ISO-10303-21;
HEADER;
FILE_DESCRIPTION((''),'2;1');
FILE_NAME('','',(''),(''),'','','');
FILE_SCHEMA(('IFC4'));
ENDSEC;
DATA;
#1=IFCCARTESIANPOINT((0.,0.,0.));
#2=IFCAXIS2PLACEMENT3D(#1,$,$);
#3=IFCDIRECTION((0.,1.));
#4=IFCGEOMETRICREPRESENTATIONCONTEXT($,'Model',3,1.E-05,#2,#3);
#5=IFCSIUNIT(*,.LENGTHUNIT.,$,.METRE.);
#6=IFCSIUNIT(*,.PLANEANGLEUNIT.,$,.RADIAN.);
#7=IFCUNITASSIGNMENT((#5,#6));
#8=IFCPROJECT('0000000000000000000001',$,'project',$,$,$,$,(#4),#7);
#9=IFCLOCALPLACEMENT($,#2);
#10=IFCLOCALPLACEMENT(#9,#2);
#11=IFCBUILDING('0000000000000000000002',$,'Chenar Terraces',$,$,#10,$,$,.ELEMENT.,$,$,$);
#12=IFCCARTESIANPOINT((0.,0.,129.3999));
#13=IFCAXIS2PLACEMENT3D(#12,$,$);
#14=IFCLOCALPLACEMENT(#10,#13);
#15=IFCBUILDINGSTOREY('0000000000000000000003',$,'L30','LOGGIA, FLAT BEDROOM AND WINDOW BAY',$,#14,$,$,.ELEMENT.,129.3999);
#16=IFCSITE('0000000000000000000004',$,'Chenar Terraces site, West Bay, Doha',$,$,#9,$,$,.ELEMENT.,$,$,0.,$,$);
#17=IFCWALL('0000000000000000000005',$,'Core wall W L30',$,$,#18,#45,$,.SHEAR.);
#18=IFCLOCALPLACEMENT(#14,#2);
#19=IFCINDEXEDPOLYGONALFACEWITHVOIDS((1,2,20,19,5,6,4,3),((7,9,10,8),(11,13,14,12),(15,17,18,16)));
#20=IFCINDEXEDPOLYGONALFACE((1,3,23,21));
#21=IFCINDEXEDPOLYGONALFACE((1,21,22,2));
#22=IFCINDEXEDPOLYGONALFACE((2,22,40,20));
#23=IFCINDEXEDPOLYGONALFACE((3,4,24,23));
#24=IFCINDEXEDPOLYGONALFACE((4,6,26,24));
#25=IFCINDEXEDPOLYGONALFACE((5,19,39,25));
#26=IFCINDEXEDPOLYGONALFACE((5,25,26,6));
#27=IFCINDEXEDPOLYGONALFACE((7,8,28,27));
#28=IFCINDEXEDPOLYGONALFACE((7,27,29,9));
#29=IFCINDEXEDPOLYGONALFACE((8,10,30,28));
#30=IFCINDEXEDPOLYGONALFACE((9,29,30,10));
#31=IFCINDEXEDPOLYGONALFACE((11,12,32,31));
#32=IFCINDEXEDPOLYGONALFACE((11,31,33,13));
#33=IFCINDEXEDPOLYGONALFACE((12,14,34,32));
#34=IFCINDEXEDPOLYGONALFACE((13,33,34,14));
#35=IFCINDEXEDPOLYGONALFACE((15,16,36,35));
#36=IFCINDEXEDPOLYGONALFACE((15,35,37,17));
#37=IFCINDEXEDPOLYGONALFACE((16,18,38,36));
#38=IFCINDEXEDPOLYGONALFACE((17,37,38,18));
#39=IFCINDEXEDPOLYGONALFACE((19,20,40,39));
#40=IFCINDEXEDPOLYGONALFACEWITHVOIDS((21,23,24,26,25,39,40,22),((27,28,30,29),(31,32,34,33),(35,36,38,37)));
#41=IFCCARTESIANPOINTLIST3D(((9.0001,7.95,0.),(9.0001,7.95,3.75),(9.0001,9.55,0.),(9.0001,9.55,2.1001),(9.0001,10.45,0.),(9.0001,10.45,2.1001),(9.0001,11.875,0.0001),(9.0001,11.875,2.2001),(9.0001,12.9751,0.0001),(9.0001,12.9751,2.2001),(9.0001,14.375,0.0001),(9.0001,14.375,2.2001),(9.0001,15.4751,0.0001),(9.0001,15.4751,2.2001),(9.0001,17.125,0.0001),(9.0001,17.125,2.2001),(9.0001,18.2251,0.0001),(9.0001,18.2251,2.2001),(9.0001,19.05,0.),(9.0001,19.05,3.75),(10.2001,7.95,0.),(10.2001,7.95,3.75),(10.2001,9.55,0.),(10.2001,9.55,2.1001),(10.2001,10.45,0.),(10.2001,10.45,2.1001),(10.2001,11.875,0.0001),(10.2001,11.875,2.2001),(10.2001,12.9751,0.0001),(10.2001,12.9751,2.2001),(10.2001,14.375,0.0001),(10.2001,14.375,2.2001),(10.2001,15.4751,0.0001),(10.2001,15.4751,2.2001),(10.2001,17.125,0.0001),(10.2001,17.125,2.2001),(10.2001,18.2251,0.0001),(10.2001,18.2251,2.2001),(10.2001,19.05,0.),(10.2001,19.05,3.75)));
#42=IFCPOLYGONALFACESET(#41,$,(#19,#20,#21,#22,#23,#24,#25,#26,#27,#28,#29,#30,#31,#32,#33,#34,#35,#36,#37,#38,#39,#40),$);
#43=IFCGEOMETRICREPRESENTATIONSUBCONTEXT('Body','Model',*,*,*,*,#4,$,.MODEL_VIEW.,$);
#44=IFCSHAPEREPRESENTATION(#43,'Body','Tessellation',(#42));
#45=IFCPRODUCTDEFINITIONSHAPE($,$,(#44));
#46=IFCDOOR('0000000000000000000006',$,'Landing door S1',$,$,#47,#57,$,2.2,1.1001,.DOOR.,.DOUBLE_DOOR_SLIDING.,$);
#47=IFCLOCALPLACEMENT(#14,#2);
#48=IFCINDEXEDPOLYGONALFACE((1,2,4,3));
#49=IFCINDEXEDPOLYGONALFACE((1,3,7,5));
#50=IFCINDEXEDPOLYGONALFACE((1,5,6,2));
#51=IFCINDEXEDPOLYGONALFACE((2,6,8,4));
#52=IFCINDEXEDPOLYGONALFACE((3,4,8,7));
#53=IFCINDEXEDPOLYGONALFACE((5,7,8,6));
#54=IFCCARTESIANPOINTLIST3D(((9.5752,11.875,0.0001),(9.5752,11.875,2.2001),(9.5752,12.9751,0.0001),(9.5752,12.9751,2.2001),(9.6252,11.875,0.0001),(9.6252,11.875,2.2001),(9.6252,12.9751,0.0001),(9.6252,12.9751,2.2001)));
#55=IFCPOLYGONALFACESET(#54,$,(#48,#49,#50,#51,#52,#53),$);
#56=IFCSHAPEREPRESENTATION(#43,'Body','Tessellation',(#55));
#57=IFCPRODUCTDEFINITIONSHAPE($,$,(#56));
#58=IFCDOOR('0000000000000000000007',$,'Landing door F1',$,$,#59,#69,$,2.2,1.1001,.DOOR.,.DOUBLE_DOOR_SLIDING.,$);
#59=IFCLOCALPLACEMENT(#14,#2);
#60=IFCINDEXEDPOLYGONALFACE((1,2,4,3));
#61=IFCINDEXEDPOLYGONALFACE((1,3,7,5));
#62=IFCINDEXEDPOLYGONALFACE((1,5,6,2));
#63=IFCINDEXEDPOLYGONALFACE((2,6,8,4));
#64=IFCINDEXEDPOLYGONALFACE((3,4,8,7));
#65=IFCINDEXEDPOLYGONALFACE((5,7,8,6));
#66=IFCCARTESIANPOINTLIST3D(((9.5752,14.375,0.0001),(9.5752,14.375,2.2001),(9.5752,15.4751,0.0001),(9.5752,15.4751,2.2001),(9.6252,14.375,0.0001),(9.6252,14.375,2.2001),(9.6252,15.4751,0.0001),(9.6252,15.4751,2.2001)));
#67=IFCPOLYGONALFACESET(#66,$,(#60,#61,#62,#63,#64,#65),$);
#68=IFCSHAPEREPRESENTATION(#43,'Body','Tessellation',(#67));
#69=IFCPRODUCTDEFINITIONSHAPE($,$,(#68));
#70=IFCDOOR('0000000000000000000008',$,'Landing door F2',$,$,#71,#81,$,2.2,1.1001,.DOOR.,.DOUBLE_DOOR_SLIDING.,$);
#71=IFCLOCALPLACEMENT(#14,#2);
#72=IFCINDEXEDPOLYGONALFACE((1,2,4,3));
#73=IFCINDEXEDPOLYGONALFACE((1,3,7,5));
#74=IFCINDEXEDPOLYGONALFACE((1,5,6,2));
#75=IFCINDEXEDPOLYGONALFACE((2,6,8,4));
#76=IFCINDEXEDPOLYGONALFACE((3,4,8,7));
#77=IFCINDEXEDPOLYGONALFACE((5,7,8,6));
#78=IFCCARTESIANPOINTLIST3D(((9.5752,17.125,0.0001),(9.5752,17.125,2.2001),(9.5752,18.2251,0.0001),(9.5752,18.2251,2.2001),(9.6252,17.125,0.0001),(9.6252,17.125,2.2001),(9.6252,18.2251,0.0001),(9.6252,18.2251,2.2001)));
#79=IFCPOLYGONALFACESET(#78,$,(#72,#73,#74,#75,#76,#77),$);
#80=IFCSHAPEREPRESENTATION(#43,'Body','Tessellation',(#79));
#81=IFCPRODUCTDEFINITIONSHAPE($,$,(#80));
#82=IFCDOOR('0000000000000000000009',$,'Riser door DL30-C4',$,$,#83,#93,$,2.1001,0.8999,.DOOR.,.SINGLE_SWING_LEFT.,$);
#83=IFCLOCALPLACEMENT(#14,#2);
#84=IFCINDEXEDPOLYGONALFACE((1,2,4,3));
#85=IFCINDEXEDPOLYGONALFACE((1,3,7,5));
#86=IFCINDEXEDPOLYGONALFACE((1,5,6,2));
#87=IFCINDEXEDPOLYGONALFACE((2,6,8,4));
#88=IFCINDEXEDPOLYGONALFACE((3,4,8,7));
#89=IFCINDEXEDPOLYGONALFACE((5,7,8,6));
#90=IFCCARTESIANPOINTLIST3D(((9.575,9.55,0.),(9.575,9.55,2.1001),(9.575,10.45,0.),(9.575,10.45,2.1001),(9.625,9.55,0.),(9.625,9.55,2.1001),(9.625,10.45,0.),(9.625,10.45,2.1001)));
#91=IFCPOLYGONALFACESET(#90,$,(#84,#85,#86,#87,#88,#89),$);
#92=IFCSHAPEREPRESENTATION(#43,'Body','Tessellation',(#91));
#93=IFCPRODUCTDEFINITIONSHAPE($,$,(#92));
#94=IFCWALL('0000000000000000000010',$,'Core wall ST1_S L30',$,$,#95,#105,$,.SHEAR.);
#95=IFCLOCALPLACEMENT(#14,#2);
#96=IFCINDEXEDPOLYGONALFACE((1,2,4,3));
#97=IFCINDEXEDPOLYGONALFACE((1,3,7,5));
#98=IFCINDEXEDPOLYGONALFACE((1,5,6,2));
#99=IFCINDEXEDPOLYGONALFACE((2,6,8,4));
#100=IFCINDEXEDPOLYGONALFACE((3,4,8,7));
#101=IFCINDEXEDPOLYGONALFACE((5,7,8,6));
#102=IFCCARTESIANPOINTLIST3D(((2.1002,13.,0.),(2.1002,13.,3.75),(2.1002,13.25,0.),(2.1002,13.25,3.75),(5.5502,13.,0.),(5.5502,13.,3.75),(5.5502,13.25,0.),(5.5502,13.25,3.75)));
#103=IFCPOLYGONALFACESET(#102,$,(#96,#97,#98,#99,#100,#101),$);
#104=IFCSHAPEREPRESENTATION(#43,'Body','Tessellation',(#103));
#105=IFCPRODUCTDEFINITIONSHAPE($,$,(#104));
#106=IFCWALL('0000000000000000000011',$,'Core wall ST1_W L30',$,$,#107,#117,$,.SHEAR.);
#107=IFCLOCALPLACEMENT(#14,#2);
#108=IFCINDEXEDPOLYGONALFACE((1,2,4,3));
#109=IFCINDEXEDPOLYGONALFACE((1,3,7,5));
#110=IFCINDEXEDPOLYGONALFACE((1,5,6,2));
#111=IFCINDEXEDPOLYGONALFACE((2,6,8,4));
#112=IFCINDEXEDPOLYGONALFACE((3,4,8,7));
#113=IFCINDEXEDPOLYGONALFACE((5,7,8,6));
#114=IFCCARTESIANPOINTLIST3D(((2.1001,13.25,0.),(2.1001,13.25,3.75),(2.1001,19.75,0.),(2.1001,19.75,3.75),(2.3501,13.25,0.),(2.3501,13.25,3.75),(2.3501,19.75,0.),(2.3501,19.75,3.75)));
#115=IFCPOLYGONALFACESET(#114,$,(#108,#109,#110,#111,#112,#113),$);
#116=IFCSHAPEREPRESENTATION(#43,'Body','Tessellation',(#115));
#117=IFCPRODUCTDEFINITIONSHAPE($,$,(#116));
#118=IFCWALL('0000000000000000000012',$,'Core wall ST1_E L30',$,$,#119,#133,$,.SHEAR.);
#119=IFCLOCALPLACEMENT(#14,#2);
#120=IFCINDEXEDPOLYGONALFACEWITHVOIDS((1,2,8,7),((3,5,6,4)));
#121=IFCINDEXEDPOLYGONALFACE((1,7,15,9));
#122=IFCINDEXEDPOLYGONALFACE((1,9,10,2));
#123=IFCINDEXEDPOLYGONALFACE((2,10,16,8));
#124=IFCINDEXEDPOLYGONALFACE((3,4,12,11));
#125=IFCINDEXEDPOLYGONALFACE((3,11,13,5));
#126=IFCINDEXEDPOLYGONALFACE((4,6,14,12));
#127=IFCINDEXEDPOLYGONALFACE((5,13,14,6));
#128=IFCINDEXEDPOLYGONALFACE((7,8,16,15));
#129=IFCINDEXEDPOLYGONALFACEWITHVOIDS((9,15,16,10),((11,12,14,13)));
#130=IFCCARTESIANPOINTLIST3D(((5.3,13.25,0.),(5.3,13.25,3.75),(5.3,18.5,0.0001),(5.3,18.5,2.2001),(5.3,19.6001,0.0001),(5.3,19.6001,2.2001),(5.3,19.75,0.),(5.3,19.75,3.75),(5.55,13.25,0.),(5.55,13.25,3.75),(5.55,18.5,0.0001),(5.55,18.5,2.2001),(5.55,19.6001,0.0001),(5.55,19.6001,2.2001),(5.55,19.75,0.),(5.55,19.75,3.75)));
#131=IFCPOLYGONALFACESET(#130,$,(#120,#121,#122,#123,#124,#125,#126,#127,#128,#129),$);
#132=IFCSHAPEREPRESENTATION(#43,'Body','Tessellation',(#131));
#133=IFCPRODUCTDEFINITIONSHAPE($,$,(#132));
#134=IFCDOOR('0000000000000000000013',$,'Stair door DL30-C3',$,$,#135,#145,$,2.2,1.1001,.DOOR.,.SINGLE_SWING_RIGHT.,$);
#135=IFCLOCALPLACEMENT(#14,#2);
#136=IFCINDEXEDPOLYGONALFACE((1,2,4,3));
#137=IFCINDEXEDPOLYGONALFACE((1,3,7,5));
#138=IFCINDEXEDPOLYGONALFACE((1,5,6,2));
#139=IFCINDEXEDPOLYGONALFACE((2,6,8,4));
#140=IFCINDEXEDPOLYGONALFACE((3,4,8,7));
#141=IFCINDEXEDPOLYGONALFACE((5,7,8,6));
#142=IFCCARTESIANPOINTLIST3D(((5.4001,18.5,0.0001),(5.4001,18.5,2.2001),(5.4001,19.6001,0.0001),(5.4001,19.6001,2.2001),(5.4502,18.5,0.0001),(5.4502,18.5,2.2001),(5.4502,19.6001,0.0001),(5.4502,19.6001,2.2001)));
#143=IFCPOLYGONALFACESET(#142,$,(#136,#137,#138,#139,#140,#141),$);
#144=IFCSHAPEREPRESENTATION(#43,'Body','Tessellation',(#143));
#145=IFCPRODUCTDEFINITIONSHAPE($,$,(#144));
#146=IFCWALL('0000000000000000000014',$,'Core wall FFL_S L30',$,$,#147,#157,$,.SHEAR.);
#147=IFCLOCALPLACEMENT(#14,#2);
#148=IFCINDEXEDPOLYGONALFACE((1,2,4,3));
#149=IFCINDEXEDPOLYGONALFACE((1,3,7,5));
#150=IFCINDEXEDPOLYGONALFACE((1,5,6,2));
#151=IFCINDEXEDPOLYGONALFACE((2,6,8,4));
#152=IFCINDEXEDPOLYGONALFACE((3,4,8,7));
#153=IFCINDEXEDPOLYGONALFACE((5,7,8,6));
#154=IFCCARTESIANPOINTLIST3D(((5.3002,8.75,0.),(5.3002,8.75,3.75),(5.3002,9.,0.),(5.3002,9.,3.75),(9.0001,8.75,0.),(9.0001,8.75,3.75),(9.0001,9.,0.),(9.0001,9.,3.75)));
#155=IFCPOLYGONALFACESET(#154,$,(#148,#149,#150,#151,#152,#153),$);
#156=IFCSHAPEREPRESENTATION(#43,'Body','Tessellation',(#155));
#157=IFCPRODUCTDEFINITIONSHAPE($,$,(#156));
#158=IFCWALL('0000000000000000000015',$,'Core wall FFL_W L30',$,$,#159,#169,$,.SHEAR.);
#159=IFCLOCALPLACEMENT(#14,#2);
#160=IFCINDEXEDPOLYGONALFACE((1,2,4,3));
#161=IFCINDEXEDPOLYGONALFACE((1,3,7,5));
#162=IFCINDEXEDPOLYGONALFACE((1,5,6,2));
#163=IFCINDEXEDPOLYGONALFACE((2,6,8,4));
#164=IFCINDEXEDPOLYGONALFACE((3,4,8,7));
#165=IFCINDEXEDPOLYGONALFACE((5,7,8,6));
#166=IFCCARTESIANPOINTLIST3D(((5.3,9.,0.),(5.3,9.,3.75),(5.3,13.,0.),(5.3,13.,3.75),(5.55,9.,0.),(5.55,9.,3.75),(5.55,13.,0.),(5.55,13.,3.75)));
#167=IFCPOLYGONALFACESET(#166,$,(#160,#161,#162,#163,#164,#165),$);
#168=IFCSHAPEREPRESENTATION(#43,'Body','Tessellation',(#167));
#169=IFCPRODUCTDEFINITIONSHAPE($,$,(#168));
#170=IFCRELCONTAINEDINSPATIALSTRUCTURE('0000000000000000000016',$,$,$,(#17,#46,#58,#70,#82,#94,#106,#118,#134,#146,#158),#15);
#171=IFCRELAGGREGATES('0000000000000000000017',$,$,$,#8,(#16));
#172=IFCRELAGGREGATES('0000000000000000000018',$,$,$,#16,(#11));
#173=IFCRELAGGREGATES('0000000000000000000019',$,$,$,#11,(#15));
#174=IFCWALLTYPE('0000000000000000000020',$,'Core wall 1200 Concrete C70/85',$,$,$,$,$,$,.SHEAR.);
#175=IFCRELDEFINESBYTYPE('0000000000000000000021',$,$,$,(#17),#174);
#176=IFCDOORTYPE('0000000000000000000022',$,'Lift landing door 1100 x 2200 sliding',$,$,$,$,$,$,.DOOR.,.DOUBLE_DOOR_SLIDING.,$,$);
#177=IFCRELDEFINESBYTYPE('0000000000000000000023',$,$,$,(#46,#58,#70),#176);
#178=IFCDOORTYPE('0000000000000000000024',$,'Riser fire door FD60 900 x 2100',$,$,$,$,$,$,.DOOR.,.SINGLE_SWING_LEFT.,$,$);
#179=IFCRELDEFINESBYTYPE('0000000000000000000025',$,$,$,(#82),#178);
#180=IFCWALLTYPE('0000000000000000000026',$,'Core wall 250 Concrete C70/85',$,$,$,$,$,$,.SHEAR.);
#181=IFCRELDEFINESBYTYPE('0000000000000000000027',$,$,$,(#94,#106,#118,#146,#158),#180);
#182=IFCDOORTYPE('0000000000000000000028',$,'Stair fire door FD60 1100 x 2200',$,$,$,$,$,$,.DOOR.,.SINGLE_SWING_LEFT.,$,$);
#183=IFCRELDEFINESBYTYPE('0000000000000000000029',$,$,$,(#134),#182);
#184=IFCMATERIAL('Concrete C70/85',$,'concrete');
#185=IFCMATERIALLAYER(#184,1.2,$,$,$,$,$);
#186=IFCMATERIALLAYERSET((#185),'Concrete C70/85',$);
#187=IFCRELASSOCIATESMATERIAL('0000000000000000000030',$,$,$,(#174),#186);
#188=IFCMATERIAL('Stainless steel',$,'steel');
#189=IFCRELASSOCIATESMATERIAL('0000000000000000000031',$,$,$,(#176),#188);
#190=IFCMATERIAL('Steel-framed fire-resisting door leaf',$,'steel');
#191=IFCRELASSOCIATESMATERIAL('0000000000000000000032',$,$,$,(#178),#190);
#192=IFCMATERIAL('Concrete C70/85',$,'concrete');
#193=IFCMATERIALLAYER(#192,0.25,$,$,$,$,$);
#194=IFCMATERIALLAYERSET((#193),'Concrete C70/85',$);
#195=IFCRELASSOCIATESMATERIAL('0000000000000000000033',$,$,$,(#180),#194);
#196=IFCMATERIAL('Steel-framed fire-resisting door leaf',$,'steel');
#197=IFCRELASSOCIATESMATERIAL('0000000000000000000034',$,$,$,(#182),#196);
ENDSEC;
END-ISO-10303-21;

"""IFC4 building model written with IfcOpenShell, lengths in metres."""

from ifc_helpers import new_model, si_unit, direction, frame, frame_2d, origin, place, context, subcontext, project, spatial, rectangle, extrude, material, layer, layer_set, type_object, element, fill, save


model = new_model("IFC4")

# Units and contexts
model_context = context("Model", 3, precision=1e-05, world=origin(), true_north=direction((0.0, 1.0)))
body_context = subcontext(model_context, "Body", "Model", "MODEL_VIEW")
ifc_project = project(units=[si_unit("LENGTHUNIT", "METRE"), si_unit("PLANEANGLEUNIT", "RADIAN")], contexts=[model_context])

# Site, building, storey
site_placement = place(None, origin())
site = spatial("IfcSite", under=ifc_project, at=site_placement, Name="Chenar Terraces site, West Bay, Doha", CompositionType="ELEMENT", RefElevation=0.0)
building_placement = place(site_placement, origin())
building = spatial("IfcBuilding", under=site, at=building_placement, Name="Chenar Terraces", CompositionType="ELEMENT")
storey_placement = place(building_placement, frame((0.0, 0.0, 129.3999)))
storey = spatial("IfcBuildingStorey", under=building, at=storey_placement, Name="L30", Description="LOGGIA, FLAT BEDROOM AND WINDOW BAY", CompositionType="ELEMENT", Elevation=129.3999)

# Wall, openings, doors
ifc_material_1 = material(Name="Concrete C70/85", Category="concrete")
ifc_layer_1 = layer(ifc_material_1, 1.2)
ifc_layer_set_1 = layer_set([ifc_layer_1], Name="Concrete C70/85")
wall_type_1 = type_object("IfcWallType", Name="Core wall 1200 Concrete C70/85", PredefinedType="SHEAR", material=ifc_layer_set_1)
wall_1_placement = place(storey_placement, frame((9.6001, 7.95, 0.0), z_axis=(0.0, 0.0, 1.0), x_axis=(0.0, 1.0, 0.0)))
wall_1 = element("IfcWall", 1, at=wall_1_placement, inside=storey, type_object=wall_type_1, Name="Core wall W L30", PredefinedType="SHEAR", context=body_context, shape_type="SweptSolid", body=[
    extrude(rectangle(XDim=11.1001, YDim=1.2, at=frame_2d((5.55, 0.0))), origin(), (0.0, 0.0, 1.0), 3.75),
])
opening_1_placement = place(wall_1_placement, frame((3.925, 0.0, 0.0)))
opening_1 = element("IfcOpeningElement", 2, at=opening_1_placement, cuts=wall_1, PredefinedType="OPENING", context=body_context, shape_type="SweptSolid", body=[
    extrude(rectangle(XDim=1.1001, YDim=2.2, at=frame_2d((0.55, 1.1001))), frame((0.0, 0.6099, 0.0), z_axis=(0.0, -1.0, 0.0), x_axis=(1.0, 0.0, 0.0)), (0.0, 0.0, 1.0), 1.22),
])
opening_2_placement = place(wall_1_placement, frame((6.425, 0.0, 0.0)))
opening_2 = element("IfcOpeningElement", 3, at=opening_2_placement, cuts=wall_1, PredefinedType="OPENING", context=body_context, shape_type="SweptSolid", body=[
    extrude(rectangle(XDim=1.1001, YDim=2.2, at=frame_2d((0.55, 1.1001))), frame((0.0, 0.6099, 0.0), z_axis=(0.0, -1.0, 0.0), x_axis=(1.0, 0.0, 0.0)), (0.0, 0.0, 1.0), 1.22),
])
opening_3_placement = place(wall_1_placement, frame((9.175, 0.0, 0.0)))
opening_3 = element("IfcOpeningElement", 4, at=opening_3_placement, cuts=wall_1, PredefinedType="OPENING", context=body_context, shape_type="SweptSolid", body=[
    extrude(rectangle(XDim=1.1001, YDim=2.2, at=frame_2d((0.55, 1.1001))), frame((0.0, 0.6099, 0.0), z_axis=(0.0, -1.0, 0.0), x_axis=(1.0, 0.0, 0.0)), (0.0, 0.0, 1.0), 1.22),
])
opening_4_placement = place(wall_1_placement, frame((1.6001, 0.0, 0.0)))
opening_4 = element("IfcOpeningElement", 5, at=opening_4_placement, cuts=wall_1, PredefinedType="OPENING", context=body_context, shape_type="SweptSolid", body=[
    extrude(rectangle(XDim=0.8999, YDim=2.1001, at=frame_2d((0.45, 1.05))), frame((0.0, 0.6099, 0.0), z_axis=(0.0, -1.0, 0.0), x_axis=(1.0, 0.0, 0.0)), (0.0, 0.0, 1.0), 1.22),
])
ifc_material_2 = material(Name="Stainless steel", Category="steel")
door_type_1 = type_object("IfcDoorType", Name="Lift landing door 1100 x 2200 sliding", OperationType="DOUBLE_DOOR_SLIDING", PredefinedType="DOOR", material=ifc_material_2)
door_1_placement = place(opening_1_placement, origin())
door_1 = element("IfcDoor", 6, at=door_1_placement, inside=storey, type_object=door_type_1, Name="Landing door S1", OperationType="DOUBLE_DOOR_SLIDING", OverallHeight=2.2, OverallWidth=1.1001, PredefinedType="DOOR", context=body_context, shape_type="SweptSolid", body=[
    extrude(rectangle(XDim=1.1001, YDim=2.2, at=frame_2d((0.55, 1.1001))), frame((0.0, 0.0249, 0.0), z_axis=(0.0, -1.0, 0.0), x_axis=(1.0, 0.0, 0.0)), (0.0, 0.0, 1.0), 0.05),
])
fill(opening_1, door_1)
door_2_placement = place(opening_2_placement, origin())
door_2 = element("IfcDoor", 7, at=door_2_placement, inside=storey, type_object=door_type_1, Name="Landing door F1", OperationType="DOUBLE_DOOR_SLIDING", OverallHeight=2.2, OverallWidth=1.1001, PredefinedType="DOOR", context=body_context, shape_type="SweptSolid", body=[
    extrude(rectangle(XDim=1.1001, YDim=2.2, at=frame_2d((0.55, 1.1001))), frame((0.0, 0.0249, 0.0), z_axis=(0.0, -1.0, 0.0), x_axis=(1.0, 0.0, 0.0)), (0.0, 0.0, 1.0), 0.05),
])
fill(opening_2, door_2)
door_3_placement = place(opening_3_placement, origin())
door_3 = element("IfcDoor", 8, at=door_3_placement, inside=storey, type_object=door_type_1, Name="Landing door F2", OperationType="DOUBLE_DOOR_SLIDING", OverallHeight=2.2, OverallWidth=1.1001, PredefinedType="DOOR", context=body_context, shape_type="SweptSolid", body=[
    extrude(rectangle(XDim=1.1001, YDim=2.2, at=frame_2d((0.55, 1.1001))), frame((0.0, 0.0249, 0.0), z_axis=(0.0, -1.0, 0.0), x_axis=(1.0, 0.0, 0.0)), (0.0, 0.0, 1.0), 0.05),
])
fill(opening_3, door_3)
ifc_material_3 = material(Name="Steel-framed fire-resisting door leaf", Category="steel")
door_type_2 = type_object("IfcDoorType", Name="Riser fire door FD60 900 x 2100", OperationType="SINGLE_SWING_LEFT", PredefinedType="DOOR", material=ifc_material_3)
door_4_placement = place(opening_4_placement, frame((0.8999, 0.0, 0.0), z_axis=(0.0, 0.0, 1.0), x_axis=(-1.0, 0.0, 0.0)))
door_4 = element("IfcDoor", 9, at=door_4_placement, inside=storey, type_object=door_type_2, Name="Riser door DL30-C4", OperationType="SINGLE_SWING_LEFT", OverallHeight=2.1001, OverallWidth=0.8999, PredefinedType="DOOR", context=body_context, shape_type="SweptSolid", body=[
    extrude(rectangle(XDim=0.8999, YDim=2.1001, at=frame_2d((0.45, 1.05))), frame((0.0, 0.0249, 0.0), z_axis=(0.0, -1.0, 0.0), x_axis=(1.0, 0.0, 0.0)), (0.0, 0.0, 1.0), 0.05),
])
fill(opening_4, door_4)

# Walls
ifc_material_4 = material(Name="Concrete C70/85", Category="concrete")
ifc_layer_2 = layer(ifc_material_4, 0.25)
ifc_layer_set_2 = layer_set([ifc_layer_2], Name="Concrete C70/85")
wall_type_2 = type_object("IfcWallType", Name="Core wall 250 Concrete C70/85", PredefinedType="SHEAR", material=ifc_layer_set_2)
wall_2_placement = place(storey_placement, frame((2.1001, 13.125, 0.0), z_axis=(0.0, 0.0, 1.0), x_axis=(1.0, 0.0, 0.0)))
element("IfcWall", 10, at=wall_2_placement, inside=storey, type_object=wall_type_2, Name="Core wall ST1_S L30", PredefinedType="SHEAR", context=body_context, shape_type="SweptSolid", body=[
    extrude(rectangle(XDim=3.45, YDim=0.25, at=frame_2d((1.7251, 0.0))), origin(), (0.0, 0.0, 1.0), 3.75),
])
wall_3_placement = place(storey_placement, frame((2.2251, 13.25, 0.0), z_axis=(0.0, 0.0, 1.0), x_axis=(0.0, 1.0, 0.0)))
element("IfcWall", 11, at=wall_3_placement, inside=storey, type_object=wall_type_2, Name="Core wall ST1_W L30", PredefinedType="SHEAR", context=body_context, shape_type="SweptSolid", body=[
    extrude(rectangle(XDim=6.5, YDim=0.25, at=frame_2d((3.25, 0.0))), origin(), (0.0, 0.0, 1.0), 3.75),
])

# Wall, opening, door
wall_4_placement = place(storey_placement, frame((5.425, 13.25, 0.0), z_axis=(0.0, 0.0, 1.0), x_axis=(0.0, 1.0, 0.0)))
wall_4 = element("IfcWall", 12, at=wall_4_placement, inside=storey, type_object=wall_type_2, Name="Core wall ST1_E L30", PredefinedType="SHEAR", context=body_context, shape_type="SweptSolid", body=[
    extrude(rectangle(XDim=6.5, YDim=0.25, at=frame_2d((3.25, 0.0))), origin(), (0.0, 0.0, 1.0), 3.75),
])
opening_5_placement = place(wall_4_placement, frame((5.25, 0.0, 0.0)))
opening_5 = element("IfcOpeningElement", 13, at=opening_5_placement, cuts=wall_4, PredefinedType="OPENING", context=body_context, shape_type="SweptSolid", body=[
    extrude(rectangle(XDim=1.1001, YDim=2.2, at=frame_2d((0.55, 1.1001))), frame((0.0, 0.135, 0.0), z_axis=(0.0, -1.0, 0.0), x_axis=(1.0, 0.0, 0.0)), (0.0, 0.0, 1.0), 0.27),
])
ifc_material_5 = material(Name="Steel-framed fire-resisting door leaf", Category="steel")
door_type_3 = type_object("IfcDoorType", Name="Stair fire door FD60 1100 x 2200", OperationType="SINGLE_SWING_LEFT", PredefinedType="DOOR", material=ifc_material_5)
door_5_placement = place(opening_5_placement, origin())
door_5 = element("IfcDoor", 14, at=door_5_placement, inside=storey, type_object=door_type_3, Name="Stair door DL30-C3", OperationType="SINGLE_SWING_RIGHT", OverallHeight=2.2, OverallWidth=1.1001, PredefinedType="DOOR", context=body_context, shape_type="SweptSolid", body=[
    extrude(rectangle(XDim=1.1001, YDim=2.2, at=frame_2d((0.55, 1.1001))), frame((0.0, 0.0249, 0.0), z_axis=(0.0, -1.0, 0.0), x_axis=(1.0, 0.0, 0.0)), (0.0, 0.0, 1.0), 0.05),
])
fill(opening_5, door_5)

# Walls
wall_5_placement = place(storey_placement, frame((5.3, 8.875, 0.0), z_axis=(0.0, 0.0, 1.0), x_axis=(1.0, 0.0, 0.0)))
element("IfcWall", 15, at=wall_5_placement, inside=storey, type_object=wall_type_2, Name="Core wall FFL_S L30", PredefinedType="SHEAR", context=body_context, shape_type="SweptSolid", body=[
    extrude(rectangle(XDim=3.7, YDim=0.25, at=frame_2d((1.8501, 0.0))), origin(), (0.0, 0.0, 1.0), 3.75),
])
wall_6_placement = place(storey_placement, frame((5.425, 9.0, 0.0), z_axis=(0.0, 0.0, 1.0), x_axis=(0.0, 1.0, 0.0)))
element("IfcWall", 16, at=wall_6_placement, inside=storey, type_object=wall_type_2, Name="Core wall FFL_W L30", PredefinedType="SHEAR", context=body_context, shape_type="SweptSolid", body=[
    extrude(rectangle(XDim=4.0, YDim=0.25, at=frame_2d((2.0, 0.0))), origin(), (0.0, 0.0, 1.0), 3.75),
])

save(model, "model.ifc")
